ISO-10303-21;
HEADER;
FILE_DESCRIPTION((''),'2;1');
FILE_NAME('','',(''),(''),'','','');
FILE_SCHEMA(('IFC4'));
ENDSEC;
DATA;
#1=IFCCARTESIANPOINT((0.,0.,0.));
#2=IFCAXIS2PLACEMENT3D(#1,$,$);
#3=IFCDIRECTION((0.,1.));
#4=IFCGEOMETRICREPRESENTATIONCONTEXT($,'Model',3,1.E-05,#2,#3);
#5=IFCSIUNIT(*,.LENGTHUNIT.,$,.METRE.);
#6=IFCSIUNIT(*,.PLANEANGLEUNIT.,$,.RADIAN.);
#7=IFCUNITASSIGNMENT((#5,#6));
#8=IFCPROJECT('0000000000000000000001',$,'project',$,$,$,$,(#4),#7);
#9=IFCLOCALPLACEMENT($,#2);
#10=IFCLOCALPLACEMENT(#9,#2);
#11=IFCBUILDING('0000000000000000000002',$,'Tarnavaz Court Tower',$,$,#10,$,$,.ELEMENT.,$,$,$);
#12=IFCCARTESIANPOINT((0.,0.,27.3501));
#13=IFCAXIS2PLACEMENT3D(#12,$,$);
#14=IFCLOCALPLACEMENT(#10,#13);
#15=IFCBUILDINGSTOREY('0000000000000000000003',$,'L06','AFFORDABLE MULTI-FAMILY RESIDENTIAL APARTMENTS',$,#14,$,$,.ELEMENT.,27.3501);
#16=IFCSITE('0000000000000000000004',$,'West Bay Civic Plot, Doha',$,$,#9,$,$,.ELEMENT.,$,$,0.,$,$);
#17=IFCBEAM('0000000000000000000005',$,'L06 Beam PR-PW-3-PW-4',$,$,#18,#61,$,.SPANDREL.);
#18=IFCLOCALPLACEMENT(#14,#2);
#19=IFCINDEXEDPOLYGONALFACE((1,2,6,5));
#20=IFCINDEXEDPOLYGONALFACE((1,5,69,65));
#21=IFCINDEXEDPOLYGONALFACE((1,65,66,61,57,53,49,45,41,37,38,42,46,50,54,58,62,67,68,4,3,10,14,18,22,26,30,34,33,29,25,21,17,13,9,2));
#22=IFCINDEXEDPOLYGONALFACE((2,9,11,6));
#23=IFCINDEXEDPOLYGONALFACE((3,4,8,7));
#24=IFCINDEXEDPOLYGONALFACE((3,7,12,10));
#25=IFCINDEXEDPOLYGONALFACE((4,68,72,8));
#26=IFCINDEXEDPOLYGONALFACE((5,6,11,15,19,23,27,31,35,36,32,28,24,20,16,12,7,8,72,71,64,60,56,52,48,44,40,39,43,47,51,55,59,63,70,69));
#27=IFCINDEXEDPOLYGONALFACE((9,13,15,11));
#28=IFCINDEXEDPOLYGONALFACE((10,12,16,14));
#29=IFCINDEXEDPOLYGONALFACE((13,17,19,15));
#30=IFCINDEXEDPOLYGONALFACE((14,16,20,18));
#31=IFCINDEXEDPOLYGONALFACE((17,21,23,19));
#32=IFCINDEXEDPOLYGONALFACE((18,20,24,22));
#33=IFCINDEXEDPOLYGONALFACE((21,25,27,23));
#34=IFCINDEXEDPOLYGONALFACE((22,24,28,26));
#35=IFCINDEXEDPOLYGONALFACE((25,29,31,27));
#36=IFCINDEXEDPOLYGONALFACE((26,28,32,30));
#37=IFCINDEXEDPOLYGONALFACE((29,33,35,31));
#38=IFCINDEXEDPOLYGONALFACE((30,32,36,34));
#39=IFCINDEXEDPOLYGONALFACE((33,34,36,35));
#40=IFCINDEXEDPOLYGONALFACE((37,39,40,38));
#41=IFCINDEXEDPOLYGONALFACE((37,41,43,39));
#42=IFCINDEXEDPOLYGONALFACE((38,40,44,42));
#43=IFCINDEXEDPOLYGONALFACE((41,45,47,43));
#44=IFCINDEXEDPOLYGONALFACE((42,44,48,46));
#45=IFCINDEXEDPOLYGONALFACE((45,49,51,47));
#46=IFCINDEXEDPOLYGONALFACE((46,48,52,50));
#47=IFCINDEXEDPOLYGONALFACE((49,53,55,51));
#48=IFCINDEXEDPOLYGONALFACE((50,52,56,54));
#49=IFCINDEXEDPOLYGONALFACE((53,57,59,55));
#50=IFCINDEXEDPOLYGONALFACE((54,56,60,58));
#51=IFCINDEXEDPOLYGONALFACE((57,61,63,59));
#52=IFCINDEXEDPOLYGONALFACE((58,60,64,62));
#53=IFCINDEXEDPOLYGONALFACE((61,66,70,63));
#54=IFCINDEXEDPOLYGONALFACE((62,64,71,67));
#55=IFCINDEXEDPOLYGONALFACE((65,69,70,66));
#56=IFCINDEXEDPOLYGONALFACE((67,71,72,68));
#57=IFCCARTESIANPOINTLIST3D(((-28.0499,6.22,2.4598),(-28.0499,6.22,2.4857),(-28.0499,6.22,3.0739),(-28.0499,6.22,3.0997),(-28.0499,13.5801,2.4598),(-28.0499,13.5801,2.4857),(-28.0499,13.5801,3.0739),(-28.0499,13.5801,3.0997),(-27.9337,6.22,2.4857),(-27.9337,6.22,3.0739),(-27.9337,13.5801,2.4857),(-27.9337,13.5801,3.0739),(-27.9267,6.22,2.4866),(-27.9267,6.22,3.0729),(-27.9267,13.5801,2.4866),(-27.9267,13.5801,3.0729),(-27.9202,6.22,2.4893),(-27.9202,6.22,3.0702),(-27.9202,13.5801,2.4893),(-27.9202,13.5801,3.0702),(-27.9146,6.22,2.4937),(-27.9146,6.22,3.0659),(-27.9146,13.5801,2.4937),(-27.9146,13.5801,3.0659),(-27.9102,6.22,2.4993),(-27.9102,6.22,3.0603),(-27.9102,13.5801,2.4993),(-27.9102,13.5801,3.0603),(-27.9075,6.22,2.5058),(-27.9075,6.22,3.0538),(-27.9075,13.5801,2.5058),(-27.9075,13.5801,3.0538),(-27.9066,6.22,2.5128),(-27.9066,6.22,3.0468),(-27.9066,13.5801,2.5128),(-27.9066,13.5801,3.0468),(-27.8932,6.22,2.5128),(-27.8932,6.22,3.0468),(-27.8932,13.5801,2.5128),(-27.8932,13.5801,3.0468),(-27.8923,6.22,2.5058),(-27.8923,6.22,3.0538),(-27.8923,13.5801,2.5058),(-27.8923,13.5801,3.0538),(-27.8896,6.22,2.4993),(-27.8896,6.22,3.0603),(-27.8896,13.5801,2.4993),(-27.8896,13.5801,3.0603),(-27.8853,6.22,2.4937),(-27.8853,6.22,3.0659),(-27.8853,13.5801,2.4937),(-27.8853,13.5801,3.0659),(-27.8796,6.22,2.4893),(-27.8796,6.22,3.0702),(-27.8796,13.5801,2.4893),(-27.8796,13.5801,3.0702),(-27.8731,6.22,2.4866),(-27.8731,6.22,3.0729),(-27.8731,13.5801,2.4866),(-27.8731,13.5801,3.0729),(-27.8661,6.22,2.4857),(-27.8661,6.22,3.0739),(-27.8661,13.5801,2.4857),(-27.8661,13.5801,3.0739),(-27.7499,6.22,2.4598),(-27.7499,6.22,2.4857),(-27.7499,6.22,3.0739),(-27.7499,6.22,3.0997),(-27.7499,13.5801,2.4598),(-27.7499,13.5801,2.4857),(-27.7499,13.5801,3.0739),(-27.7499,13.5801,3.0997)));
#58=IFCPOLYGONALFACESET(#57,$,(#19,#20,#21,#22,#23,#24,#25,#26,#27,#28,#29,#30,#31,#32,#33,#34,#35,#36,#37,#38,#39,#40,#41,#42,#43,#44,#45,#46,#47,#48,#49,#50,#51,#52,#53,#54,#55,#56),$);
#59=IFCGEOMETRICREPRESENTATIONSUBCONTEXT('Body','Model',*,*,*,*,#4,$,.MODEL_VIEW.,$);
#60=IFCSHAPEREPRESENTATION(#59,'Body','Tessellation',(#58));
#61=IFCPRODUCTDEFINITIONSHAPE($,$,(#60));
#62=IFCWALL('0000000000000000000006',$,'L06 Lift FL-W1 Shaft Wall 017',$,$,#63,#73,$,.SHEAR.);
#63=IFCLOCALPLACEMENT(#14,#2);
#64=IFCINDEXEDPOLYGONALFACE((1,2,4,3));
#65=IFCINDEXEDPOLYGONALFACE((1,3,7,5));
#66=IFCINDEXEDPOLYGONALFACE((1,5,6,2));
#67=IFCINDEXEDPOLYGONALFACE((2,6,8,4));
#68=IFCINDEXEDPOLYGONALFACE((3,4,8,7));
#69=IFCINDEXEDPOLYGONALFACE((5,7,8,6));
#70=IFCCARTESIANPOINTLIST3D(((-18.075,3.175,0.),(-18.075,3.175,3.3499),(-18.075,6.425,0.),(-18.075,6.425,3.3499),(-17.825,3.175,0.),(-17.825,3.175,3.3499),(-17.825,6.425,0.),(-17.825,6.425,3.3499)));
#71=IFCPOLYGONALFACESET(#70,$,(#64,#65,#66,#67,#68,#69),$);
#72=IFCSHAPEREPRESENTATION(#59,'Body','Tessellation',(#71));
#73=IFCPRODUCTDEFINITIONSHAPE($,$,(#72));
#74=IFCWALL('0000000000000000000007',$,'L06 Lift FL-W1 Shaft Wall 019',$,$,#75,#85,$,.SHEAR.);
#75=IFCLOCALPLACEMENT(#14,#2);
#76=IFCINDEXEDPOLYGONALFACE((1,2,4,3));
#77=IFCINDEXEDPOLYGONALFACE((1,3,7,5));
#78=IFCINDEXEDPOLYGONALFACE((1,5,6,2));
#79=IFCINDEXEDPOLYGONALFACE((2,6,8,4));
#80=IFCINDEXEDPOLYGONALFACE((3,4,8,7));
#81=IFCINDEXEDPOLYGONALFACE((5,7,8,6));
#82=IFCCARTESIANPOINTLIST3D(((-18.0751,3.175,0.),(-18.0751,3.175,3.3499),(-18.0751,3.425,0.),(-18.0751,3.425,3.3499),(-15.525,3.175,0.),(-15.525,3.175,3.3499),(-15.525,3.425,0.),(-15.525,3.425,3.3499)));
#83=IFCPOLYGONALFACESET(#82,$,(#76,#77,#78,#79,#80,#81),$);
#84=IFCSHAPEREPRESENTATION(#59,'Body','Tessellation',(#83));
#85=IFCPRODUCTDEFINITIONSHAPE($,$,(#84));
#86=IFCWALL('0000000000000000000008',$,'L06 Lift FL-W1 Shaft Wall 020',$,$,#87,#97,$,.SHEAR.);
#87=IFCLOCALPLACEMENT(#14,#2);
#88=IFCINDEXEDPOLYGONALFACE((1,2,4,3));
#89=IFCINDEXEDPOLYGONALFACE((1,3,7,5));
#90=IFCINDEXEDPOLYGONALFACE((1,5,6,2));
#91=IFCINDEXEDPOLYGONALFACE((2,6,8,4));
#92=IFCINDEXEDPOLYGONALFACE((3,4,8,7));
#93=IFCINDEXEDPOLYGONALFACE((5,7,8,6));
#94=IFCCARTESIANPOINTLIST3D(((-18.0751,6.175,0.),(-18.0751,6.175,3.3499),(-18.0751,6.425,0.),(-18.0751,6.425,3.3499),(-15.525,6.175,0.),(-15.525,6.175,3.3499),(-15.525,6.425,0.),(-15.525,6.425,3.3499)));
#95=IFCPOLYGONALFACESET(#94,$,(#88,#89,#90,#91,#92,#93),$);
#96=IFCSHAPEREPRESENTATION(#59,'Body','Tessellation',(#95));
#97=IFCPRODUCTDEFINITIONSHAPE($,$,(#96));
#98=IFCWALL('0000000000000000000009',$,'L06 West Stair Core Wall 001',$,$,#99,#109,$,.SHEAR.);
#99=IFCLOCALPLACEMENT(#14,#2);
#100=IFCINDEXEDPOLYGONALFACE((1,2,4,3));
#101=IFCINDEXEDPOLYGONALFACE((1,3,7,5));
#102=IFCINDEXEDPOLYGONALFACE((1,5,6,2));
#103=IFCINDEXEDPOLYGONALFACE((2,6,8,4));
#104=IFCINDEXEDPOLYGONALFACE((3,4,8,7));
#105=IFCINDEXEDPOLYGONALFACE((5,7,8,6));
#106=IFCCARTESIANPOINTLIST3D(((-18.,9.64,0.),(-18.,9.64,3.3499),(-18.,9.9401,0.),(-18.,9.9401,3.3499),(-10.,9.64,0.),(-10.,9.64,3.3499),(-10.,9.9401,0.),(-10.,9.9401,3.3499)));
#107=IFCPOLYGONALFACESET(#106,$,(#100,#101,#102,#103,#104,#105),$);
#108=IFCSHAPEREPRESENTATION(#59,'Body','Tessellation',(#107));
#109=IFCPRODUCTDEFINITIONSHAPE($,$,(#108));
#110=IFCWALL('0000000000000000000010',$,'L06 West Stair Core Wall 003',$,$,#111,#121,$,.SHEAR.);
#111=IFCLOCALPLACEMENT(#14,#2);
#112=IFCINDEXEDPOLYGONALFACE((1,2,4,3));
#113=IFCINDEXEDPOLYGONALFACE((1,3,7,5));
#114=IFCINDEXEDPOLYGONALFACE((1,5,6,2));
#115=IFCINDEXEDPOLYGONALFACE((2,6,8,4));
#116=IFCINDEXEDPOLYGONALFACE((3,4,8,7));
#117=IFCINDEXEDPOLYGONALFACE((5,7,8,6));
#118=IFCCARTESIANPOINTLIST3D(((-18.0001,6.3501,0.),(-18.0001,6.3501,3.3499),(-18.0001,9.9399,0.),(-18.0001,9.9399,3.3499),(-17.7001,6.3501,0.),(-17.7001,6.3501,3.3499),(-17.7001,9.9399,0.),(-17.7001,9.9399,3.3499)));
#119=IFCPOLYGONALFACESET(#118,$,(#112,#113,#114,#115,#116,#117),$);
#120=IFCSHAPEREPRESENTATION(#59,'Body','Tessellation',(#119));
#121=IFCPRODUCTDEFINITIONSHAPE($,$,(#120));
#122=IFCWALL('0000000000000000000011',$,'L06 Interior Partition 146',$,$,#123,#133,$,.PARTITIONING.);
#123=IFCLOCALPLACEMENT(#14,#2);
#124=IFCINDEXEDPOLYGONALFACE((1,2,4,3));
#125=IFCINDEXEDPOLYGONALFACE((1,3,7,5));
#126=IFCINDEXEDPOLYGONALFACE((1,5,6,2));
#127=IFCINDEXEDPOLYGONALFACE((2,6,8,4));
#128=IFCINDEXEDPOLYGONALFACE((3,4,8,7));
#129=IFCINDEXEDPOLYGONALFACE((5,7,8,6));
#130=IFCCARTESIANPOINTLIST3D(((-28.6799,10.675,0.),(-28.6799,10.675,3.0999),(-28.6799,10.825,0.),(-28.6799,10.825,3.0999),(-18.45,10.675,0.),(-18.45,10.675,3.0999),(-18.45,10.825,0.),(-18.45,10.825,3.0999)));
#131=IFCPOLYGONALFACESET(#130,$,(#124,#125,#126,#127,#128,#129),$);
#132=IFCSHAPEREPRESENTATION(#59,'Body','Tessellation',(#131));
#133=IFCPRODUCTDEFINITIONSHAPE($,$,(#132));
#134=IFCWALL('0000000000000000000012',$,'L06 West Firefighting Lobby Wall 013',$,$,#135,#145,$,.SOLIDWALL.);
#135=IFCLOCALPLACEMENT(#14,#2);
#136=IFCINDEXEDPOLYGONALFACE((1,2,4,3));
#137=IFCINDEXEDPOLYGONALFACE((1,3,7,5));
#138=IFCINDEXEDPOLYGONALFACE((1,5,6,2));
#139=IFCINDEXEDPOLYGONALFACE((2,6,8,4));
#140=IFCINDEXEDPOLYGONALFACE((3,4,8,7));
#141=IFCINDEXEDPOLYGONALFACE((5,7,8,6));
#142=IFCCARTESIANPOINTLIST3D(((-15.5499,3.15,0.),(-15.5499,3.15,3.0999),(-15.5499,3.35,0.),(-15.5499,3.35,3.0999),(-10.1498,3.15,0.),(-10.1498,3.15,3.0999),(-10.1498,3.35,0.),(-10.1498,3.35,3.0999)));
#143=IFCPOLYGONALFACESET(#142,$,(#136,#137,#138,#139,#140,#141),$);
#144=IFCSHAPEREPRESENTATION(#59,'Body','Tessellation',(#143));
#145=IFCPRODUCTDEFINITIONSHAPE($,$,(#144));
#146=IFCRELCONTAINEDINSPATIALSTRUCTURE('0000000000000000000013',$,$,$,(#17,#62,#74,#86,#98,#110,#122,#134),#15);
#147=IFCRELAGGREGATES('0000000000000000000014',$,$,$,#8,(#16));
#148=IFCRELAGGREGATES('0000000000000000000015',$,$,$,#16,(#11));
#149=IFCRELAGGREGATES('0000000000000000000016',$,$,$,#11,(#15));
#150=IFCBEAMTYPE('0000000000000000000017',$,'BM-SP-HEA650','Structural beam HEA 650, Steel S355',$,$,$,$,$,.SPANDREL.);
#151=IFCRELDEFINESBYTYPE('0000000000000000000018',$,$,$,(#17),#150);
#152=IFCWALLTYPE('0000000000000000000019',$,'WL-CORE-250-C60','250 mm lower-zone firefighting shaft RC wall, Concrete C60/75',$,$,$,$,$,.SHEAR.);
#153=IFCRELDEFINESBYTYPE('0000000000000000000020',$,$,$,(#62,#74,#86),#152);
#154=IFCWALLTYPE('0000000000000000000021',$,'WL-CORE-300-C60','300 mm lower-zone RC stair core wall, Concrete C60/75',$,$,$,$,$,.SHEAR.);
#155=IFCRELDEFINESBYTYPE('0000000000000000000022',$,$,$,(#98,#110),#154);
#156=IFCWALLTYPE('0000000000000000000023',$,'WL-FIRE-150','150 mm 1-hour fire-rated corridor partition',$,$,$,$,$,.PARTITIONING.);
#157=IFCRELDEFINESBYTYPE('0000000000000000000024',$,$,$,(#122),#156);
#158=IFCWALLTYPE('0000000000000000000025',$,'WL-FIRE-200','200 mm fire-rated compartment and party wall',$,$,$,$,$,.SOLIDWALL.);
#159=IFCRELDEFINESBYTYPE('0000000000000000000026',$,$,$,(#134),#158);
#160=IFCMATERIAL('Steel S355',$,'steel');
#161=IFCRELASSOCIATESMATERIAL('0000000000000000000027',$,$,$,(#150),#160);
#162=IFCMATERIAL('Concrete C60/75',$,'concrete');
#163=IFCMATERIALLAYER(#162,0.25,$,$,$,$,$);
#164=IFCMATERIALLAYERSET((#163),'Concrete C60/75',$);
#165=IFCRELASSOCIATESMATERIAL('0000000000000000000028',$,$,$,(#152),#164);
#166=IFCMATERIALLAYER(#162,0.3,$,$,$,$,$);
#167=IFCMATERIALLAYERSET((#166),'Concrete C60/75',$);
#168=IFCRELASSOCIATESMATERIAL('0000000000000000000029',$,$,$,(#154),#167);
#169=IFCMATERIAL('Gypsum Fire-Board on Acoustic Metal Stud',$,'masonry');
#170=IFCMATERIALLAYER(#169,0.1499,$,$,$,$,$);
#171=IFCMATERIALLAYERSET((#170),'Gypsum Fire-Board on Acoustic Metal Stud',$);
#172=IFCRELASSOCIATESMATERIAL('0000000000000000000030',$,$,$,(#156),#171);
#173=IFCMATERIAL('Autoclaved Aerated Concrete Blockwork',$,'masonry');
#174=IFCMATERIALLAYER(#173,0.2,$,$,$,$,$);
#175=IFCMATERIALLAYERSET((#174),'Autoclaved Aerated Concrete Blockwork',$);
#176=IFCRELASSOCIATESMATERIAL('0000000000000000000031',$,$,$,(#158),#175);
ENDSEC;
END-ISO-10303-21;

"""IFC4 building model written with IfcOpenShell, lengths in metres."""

from ifc_helpers import new_model, si_unit, direction, frame, frame_2d, origin, origin_2d, place, context, subcontext, project, spatial, rectangle, i_section, extrude, material, layer, layer_set, material_profile, profile_set, type_object, element, save


model = new_model("IFC4")

# Units and contexts
model_context = context("Model", 3, precision=1e-05, world=origin(), true_north=direction((0.0, 1.0)))
body_context = subcontext(model_context, "Body", "Model", "MODEL_VIEW")
ifc_project = project(units=[si_unit("LENGTHUNIT", "METRE"), si_unit("PLANEANGLEUNIT", "RADIAN")], contexts=[model_context])

# Site, building, storey
site_placement = place(None, origin())
site = spatial("IfcSite", under=ifc_project, at=site_placement, Name="West Bay Civic Plot, Doha", CompositionType="ELEMENT", RefElevation=0.0)
building_placement = place(site_placement, origin())
building = spatial("IfcBuilding", under=site, at=building_placement, Name="Tarnavaz Court Tower", CompositionType="ELEMENT")
storey_placement = place(building_placement, frame((0.0, 0.0, 27.3501)))
storey = spatial("IfcBuildingStorey", under=building, at=storey_placement, Name="L06", Description="AFFORDABLE MULTI-FAMILY RESIDENTIAL APARTMENTS", CompositionType="ELEMENT", Elevation=27.3501)

# Shared definitions
ifc_material_1 = material(Name="Concrete C60/75", Category="concrete")

# Beam
ifc_material_2 = material(Name="Steel S355", Category="steel")
ifc_material_profile_1 = material_profile(ifc_material_2, i_section(OverallWidth=0.3, OverallDepth=0.6399, WebThickness=0.0134, FlangeThickness=0.0259, FilletRadius=0.0271, at=origin_2d()), Name="HEA 650")
ifc_profile_set_1 = profile_set([ifc_material_profile_1], Name="Steel S355")
beam_type_1 = type_object("IfcBeamType", Name="BM-SP-HEA650", Description="Structural beam HEA 650, Steel S355", PredefinedType="SPANDREL", material=ifc_profile_set_1)
beam_1_placement = place(storey_placement, frame((-27.8999, 6.22, 2.7798), z_axis=(0.0, 1.0, 0.0), x_axis=(-1.0, 0.0, 0.0)))
element("IfcBeam", 1, at=beam_1_placement, inside=storey, type_object=beam_type_1, Name="L06 Beam PR-PW-3-PW-4", PredefinedType="SPANDREL", context=body_context, shape_type="SweptSolid", body=[
    extrude(i_section(OverallWidth=0.3, OverallDepth=0.6399, WebThickness=0.0134, FlangeThickness=0.0259, FilletRadius=0.0271, at=origin_2d()), origin(), (0.0, 0.0, 1.0), 7.3601),
])

# Wall
ifc_layer_1 = layer(ifc_material_1, 0.25)
ifc_layer_set_1 = layer_set([ifc_layer_1], Name="Concrete C60/75")
wall_type_1 = type_object("IfcWallType", Name="WL-CORE-250-C60", Description="250 mm lower-zone firefighting shaft RC wall, Concrete C60/75", PredefinedType="SHEAR", material=ifc_layer_set_1)
wall_1_placement = place(storey_placement, frame((-17.95, 3.175, 0.0), z_axis=(0.0, 0.0, 1.0), x_axis=(0.0, 1.0, 0.0)))
element("IfcWall", 2, at=wall_1_placement, inside=storey, type_object=wall_type_1, Name="L06 Lift FL-W1 Shaft Wall 017", PredefinedType="SHEAR", context=body_context, shape_type="SweptSolid", body=[
    extrude(rectangle(XDim=3.25, YDim=0.25, at=frame_2d((1.625, 0.0))), origin(), (0.0, 0.0, 1.0), 3.3499),
])

# Walls
for number, where, z_axis, x_axis, name in (
    (3, (-18.075, 3.3, 0.0), (0.0, 0.0, 1.0), (1.0, 0.0, 0.0), "L06 Lift FL-W1 Shaft Wall 019"),
    (4, (-18.075, 6.3, 0.0), (0.0, 0.0, 1.0), (1.0, 0.0, 0.0), "L06 Lift FL-W1 Shaft Wall 020"),
):
    element("IfcWall", number, at=place(storey_placement, frame(where, z_axis=z_axis, x_axis=x_axis)), inside=storey, type_object=wall_type_1, Name=name, PredefinedType="SHEAR", context=body_context, shape_type="SweptSolid", body=[
        extrude(rectangle(XDim=2.55, YDim=0.25, at=frame_2d((1.2749, 0.0))), origin(), (0.0, 0.0, 1.0), 3.3499),
    ])
ifc_layer_2 = layer(ifc_material_1, 0.3)
ifc_layer_set_2 = layer_set([ifc_layer_2], Name="Concrete C60/75")
wall_type_2 = type_object("IfcWallType", Name="WL-CORE-300-C60", Description="300 mm lower-zone RC stair core wall, Concrete C60/75", PredefinedType="SHEAR", material=ifc_layer_set_2)
wall_2_placement = place(storey_placement, frame((-18.0, 9.79, 0.0), z_axis=(0.0, 0.0, 1.0), x_axis=(1.0, 0.0, 0.0)))
element("IfcWall", 5, at=wall_2_placement, inside=storey, type_object=wall_type_2, Name="L06 West Stair Core Wall 001", PredefinedType="SHEAR", context=body_context, shape_type="SweptSolid", body=[
    extrude(rectangle(XDim=8.0, YDim=0.3, at=frame_2d((4.0, 0.0))), origin(), (0.0, 0.0, 1.0), 3.3499),
])

# Walls
wall_3_placement = place(storey_placement, frame((-17.8501, 6.3501, 0.0), z_axis=(0.0, 0.0, 1.0), x_axis=(0.0, 1.0, 0.0)))
element("IfcWall", 6, at=wall_3_placement, inside=storey, type_object=wall_type_2, Name="L06 West Stair Core Wall 003", PredefinedType="SHEAR", context=body_context, shape_type="SweptSolid", body=[
    extrude(rectangle(XDim=3.5898, YDim=0.3, at=frame_2d((1.7949, 0.0))), origin(), (0.0, 0.0, 1.0), 3.3499),
])
ifc_material_3 = material(Name="Gypsum Fire-Board on Acoustic Metal Stud", Category="masonry")
ifc_layer_3 = layer(ifc_material_3, 0.1499)
ifc_layer_set_3 = layer_set([ifc_layer_3], Name="Gypsum Fire-Board on Acoustic Metal Stud")
wall_type_3 = type_object("IfcWallType", Name="WL-FIRE-150", Description="150 mm 1-hour fire-rated corridor partition", PredefinedType="PARTITIONING", material=ifc_layer_set_3)
wall_4_placement = place(storey_placement, frame((-28.6799, 10.75, 0.0), z_axis=(0.0, 0.0, 1.0), x_axis=(1.0, 0.0, 0.0)))
element("IfcWall", 7, at=wall_4_placement, inside=storey, type_object=wall_type_3, Name="L06 Interior Partition 146", PredefinedType="PARTITIONING", context=body_context, shape_type="SweptSolid", body=[
    extrude(rectangle(XDim=10.23, YDim=0.1499, at=frame_2d((5.115, 0.0))), origin(), (0.0, 0.0, 1.0), 3.0999),
])
ifc_material_4 = material(Name="Autoclaved Aerated Concrete Blockwork", Category="masonry")
ifc_layer_4 = layer(ifc_material_4, 0.2)
ifc_layer_set_4 = layer_set([ifc_layer_4], Name="Autoclaved Aerated Concrete Blockwork")
wall_type_4 = type_object("IfcWallType", Name="WL-FIRE-200", Description="200 mm fire-rated compartment and party wall", PredefinedType="SOLIDWALL", material=ifc_layer_set_4)
wall_5_placement = place(storey_placement, frame((-15.55, 3.25, 0.0), z_axis=(0.0, 0.0, 1.0), x_axis=(1.0, 0.0, 0.0)))
element("IfcWall", 8, at=wall_5_placement, inside=storey, type_object=wall_type_4, Name="L06 West Firefighting Lobby Wall 013", PredefinedType="SOLIDWALL", context=body_context, shape_type="SweptSolid", body=[
    extrude(rectangle(XDim=5.4001, YDim=0.2, at=frame_2d((2.7002, 0.0))), origin(), (0.0, 0.0, 1.0), 3.0999),
])

save(model, "model.ifc")
